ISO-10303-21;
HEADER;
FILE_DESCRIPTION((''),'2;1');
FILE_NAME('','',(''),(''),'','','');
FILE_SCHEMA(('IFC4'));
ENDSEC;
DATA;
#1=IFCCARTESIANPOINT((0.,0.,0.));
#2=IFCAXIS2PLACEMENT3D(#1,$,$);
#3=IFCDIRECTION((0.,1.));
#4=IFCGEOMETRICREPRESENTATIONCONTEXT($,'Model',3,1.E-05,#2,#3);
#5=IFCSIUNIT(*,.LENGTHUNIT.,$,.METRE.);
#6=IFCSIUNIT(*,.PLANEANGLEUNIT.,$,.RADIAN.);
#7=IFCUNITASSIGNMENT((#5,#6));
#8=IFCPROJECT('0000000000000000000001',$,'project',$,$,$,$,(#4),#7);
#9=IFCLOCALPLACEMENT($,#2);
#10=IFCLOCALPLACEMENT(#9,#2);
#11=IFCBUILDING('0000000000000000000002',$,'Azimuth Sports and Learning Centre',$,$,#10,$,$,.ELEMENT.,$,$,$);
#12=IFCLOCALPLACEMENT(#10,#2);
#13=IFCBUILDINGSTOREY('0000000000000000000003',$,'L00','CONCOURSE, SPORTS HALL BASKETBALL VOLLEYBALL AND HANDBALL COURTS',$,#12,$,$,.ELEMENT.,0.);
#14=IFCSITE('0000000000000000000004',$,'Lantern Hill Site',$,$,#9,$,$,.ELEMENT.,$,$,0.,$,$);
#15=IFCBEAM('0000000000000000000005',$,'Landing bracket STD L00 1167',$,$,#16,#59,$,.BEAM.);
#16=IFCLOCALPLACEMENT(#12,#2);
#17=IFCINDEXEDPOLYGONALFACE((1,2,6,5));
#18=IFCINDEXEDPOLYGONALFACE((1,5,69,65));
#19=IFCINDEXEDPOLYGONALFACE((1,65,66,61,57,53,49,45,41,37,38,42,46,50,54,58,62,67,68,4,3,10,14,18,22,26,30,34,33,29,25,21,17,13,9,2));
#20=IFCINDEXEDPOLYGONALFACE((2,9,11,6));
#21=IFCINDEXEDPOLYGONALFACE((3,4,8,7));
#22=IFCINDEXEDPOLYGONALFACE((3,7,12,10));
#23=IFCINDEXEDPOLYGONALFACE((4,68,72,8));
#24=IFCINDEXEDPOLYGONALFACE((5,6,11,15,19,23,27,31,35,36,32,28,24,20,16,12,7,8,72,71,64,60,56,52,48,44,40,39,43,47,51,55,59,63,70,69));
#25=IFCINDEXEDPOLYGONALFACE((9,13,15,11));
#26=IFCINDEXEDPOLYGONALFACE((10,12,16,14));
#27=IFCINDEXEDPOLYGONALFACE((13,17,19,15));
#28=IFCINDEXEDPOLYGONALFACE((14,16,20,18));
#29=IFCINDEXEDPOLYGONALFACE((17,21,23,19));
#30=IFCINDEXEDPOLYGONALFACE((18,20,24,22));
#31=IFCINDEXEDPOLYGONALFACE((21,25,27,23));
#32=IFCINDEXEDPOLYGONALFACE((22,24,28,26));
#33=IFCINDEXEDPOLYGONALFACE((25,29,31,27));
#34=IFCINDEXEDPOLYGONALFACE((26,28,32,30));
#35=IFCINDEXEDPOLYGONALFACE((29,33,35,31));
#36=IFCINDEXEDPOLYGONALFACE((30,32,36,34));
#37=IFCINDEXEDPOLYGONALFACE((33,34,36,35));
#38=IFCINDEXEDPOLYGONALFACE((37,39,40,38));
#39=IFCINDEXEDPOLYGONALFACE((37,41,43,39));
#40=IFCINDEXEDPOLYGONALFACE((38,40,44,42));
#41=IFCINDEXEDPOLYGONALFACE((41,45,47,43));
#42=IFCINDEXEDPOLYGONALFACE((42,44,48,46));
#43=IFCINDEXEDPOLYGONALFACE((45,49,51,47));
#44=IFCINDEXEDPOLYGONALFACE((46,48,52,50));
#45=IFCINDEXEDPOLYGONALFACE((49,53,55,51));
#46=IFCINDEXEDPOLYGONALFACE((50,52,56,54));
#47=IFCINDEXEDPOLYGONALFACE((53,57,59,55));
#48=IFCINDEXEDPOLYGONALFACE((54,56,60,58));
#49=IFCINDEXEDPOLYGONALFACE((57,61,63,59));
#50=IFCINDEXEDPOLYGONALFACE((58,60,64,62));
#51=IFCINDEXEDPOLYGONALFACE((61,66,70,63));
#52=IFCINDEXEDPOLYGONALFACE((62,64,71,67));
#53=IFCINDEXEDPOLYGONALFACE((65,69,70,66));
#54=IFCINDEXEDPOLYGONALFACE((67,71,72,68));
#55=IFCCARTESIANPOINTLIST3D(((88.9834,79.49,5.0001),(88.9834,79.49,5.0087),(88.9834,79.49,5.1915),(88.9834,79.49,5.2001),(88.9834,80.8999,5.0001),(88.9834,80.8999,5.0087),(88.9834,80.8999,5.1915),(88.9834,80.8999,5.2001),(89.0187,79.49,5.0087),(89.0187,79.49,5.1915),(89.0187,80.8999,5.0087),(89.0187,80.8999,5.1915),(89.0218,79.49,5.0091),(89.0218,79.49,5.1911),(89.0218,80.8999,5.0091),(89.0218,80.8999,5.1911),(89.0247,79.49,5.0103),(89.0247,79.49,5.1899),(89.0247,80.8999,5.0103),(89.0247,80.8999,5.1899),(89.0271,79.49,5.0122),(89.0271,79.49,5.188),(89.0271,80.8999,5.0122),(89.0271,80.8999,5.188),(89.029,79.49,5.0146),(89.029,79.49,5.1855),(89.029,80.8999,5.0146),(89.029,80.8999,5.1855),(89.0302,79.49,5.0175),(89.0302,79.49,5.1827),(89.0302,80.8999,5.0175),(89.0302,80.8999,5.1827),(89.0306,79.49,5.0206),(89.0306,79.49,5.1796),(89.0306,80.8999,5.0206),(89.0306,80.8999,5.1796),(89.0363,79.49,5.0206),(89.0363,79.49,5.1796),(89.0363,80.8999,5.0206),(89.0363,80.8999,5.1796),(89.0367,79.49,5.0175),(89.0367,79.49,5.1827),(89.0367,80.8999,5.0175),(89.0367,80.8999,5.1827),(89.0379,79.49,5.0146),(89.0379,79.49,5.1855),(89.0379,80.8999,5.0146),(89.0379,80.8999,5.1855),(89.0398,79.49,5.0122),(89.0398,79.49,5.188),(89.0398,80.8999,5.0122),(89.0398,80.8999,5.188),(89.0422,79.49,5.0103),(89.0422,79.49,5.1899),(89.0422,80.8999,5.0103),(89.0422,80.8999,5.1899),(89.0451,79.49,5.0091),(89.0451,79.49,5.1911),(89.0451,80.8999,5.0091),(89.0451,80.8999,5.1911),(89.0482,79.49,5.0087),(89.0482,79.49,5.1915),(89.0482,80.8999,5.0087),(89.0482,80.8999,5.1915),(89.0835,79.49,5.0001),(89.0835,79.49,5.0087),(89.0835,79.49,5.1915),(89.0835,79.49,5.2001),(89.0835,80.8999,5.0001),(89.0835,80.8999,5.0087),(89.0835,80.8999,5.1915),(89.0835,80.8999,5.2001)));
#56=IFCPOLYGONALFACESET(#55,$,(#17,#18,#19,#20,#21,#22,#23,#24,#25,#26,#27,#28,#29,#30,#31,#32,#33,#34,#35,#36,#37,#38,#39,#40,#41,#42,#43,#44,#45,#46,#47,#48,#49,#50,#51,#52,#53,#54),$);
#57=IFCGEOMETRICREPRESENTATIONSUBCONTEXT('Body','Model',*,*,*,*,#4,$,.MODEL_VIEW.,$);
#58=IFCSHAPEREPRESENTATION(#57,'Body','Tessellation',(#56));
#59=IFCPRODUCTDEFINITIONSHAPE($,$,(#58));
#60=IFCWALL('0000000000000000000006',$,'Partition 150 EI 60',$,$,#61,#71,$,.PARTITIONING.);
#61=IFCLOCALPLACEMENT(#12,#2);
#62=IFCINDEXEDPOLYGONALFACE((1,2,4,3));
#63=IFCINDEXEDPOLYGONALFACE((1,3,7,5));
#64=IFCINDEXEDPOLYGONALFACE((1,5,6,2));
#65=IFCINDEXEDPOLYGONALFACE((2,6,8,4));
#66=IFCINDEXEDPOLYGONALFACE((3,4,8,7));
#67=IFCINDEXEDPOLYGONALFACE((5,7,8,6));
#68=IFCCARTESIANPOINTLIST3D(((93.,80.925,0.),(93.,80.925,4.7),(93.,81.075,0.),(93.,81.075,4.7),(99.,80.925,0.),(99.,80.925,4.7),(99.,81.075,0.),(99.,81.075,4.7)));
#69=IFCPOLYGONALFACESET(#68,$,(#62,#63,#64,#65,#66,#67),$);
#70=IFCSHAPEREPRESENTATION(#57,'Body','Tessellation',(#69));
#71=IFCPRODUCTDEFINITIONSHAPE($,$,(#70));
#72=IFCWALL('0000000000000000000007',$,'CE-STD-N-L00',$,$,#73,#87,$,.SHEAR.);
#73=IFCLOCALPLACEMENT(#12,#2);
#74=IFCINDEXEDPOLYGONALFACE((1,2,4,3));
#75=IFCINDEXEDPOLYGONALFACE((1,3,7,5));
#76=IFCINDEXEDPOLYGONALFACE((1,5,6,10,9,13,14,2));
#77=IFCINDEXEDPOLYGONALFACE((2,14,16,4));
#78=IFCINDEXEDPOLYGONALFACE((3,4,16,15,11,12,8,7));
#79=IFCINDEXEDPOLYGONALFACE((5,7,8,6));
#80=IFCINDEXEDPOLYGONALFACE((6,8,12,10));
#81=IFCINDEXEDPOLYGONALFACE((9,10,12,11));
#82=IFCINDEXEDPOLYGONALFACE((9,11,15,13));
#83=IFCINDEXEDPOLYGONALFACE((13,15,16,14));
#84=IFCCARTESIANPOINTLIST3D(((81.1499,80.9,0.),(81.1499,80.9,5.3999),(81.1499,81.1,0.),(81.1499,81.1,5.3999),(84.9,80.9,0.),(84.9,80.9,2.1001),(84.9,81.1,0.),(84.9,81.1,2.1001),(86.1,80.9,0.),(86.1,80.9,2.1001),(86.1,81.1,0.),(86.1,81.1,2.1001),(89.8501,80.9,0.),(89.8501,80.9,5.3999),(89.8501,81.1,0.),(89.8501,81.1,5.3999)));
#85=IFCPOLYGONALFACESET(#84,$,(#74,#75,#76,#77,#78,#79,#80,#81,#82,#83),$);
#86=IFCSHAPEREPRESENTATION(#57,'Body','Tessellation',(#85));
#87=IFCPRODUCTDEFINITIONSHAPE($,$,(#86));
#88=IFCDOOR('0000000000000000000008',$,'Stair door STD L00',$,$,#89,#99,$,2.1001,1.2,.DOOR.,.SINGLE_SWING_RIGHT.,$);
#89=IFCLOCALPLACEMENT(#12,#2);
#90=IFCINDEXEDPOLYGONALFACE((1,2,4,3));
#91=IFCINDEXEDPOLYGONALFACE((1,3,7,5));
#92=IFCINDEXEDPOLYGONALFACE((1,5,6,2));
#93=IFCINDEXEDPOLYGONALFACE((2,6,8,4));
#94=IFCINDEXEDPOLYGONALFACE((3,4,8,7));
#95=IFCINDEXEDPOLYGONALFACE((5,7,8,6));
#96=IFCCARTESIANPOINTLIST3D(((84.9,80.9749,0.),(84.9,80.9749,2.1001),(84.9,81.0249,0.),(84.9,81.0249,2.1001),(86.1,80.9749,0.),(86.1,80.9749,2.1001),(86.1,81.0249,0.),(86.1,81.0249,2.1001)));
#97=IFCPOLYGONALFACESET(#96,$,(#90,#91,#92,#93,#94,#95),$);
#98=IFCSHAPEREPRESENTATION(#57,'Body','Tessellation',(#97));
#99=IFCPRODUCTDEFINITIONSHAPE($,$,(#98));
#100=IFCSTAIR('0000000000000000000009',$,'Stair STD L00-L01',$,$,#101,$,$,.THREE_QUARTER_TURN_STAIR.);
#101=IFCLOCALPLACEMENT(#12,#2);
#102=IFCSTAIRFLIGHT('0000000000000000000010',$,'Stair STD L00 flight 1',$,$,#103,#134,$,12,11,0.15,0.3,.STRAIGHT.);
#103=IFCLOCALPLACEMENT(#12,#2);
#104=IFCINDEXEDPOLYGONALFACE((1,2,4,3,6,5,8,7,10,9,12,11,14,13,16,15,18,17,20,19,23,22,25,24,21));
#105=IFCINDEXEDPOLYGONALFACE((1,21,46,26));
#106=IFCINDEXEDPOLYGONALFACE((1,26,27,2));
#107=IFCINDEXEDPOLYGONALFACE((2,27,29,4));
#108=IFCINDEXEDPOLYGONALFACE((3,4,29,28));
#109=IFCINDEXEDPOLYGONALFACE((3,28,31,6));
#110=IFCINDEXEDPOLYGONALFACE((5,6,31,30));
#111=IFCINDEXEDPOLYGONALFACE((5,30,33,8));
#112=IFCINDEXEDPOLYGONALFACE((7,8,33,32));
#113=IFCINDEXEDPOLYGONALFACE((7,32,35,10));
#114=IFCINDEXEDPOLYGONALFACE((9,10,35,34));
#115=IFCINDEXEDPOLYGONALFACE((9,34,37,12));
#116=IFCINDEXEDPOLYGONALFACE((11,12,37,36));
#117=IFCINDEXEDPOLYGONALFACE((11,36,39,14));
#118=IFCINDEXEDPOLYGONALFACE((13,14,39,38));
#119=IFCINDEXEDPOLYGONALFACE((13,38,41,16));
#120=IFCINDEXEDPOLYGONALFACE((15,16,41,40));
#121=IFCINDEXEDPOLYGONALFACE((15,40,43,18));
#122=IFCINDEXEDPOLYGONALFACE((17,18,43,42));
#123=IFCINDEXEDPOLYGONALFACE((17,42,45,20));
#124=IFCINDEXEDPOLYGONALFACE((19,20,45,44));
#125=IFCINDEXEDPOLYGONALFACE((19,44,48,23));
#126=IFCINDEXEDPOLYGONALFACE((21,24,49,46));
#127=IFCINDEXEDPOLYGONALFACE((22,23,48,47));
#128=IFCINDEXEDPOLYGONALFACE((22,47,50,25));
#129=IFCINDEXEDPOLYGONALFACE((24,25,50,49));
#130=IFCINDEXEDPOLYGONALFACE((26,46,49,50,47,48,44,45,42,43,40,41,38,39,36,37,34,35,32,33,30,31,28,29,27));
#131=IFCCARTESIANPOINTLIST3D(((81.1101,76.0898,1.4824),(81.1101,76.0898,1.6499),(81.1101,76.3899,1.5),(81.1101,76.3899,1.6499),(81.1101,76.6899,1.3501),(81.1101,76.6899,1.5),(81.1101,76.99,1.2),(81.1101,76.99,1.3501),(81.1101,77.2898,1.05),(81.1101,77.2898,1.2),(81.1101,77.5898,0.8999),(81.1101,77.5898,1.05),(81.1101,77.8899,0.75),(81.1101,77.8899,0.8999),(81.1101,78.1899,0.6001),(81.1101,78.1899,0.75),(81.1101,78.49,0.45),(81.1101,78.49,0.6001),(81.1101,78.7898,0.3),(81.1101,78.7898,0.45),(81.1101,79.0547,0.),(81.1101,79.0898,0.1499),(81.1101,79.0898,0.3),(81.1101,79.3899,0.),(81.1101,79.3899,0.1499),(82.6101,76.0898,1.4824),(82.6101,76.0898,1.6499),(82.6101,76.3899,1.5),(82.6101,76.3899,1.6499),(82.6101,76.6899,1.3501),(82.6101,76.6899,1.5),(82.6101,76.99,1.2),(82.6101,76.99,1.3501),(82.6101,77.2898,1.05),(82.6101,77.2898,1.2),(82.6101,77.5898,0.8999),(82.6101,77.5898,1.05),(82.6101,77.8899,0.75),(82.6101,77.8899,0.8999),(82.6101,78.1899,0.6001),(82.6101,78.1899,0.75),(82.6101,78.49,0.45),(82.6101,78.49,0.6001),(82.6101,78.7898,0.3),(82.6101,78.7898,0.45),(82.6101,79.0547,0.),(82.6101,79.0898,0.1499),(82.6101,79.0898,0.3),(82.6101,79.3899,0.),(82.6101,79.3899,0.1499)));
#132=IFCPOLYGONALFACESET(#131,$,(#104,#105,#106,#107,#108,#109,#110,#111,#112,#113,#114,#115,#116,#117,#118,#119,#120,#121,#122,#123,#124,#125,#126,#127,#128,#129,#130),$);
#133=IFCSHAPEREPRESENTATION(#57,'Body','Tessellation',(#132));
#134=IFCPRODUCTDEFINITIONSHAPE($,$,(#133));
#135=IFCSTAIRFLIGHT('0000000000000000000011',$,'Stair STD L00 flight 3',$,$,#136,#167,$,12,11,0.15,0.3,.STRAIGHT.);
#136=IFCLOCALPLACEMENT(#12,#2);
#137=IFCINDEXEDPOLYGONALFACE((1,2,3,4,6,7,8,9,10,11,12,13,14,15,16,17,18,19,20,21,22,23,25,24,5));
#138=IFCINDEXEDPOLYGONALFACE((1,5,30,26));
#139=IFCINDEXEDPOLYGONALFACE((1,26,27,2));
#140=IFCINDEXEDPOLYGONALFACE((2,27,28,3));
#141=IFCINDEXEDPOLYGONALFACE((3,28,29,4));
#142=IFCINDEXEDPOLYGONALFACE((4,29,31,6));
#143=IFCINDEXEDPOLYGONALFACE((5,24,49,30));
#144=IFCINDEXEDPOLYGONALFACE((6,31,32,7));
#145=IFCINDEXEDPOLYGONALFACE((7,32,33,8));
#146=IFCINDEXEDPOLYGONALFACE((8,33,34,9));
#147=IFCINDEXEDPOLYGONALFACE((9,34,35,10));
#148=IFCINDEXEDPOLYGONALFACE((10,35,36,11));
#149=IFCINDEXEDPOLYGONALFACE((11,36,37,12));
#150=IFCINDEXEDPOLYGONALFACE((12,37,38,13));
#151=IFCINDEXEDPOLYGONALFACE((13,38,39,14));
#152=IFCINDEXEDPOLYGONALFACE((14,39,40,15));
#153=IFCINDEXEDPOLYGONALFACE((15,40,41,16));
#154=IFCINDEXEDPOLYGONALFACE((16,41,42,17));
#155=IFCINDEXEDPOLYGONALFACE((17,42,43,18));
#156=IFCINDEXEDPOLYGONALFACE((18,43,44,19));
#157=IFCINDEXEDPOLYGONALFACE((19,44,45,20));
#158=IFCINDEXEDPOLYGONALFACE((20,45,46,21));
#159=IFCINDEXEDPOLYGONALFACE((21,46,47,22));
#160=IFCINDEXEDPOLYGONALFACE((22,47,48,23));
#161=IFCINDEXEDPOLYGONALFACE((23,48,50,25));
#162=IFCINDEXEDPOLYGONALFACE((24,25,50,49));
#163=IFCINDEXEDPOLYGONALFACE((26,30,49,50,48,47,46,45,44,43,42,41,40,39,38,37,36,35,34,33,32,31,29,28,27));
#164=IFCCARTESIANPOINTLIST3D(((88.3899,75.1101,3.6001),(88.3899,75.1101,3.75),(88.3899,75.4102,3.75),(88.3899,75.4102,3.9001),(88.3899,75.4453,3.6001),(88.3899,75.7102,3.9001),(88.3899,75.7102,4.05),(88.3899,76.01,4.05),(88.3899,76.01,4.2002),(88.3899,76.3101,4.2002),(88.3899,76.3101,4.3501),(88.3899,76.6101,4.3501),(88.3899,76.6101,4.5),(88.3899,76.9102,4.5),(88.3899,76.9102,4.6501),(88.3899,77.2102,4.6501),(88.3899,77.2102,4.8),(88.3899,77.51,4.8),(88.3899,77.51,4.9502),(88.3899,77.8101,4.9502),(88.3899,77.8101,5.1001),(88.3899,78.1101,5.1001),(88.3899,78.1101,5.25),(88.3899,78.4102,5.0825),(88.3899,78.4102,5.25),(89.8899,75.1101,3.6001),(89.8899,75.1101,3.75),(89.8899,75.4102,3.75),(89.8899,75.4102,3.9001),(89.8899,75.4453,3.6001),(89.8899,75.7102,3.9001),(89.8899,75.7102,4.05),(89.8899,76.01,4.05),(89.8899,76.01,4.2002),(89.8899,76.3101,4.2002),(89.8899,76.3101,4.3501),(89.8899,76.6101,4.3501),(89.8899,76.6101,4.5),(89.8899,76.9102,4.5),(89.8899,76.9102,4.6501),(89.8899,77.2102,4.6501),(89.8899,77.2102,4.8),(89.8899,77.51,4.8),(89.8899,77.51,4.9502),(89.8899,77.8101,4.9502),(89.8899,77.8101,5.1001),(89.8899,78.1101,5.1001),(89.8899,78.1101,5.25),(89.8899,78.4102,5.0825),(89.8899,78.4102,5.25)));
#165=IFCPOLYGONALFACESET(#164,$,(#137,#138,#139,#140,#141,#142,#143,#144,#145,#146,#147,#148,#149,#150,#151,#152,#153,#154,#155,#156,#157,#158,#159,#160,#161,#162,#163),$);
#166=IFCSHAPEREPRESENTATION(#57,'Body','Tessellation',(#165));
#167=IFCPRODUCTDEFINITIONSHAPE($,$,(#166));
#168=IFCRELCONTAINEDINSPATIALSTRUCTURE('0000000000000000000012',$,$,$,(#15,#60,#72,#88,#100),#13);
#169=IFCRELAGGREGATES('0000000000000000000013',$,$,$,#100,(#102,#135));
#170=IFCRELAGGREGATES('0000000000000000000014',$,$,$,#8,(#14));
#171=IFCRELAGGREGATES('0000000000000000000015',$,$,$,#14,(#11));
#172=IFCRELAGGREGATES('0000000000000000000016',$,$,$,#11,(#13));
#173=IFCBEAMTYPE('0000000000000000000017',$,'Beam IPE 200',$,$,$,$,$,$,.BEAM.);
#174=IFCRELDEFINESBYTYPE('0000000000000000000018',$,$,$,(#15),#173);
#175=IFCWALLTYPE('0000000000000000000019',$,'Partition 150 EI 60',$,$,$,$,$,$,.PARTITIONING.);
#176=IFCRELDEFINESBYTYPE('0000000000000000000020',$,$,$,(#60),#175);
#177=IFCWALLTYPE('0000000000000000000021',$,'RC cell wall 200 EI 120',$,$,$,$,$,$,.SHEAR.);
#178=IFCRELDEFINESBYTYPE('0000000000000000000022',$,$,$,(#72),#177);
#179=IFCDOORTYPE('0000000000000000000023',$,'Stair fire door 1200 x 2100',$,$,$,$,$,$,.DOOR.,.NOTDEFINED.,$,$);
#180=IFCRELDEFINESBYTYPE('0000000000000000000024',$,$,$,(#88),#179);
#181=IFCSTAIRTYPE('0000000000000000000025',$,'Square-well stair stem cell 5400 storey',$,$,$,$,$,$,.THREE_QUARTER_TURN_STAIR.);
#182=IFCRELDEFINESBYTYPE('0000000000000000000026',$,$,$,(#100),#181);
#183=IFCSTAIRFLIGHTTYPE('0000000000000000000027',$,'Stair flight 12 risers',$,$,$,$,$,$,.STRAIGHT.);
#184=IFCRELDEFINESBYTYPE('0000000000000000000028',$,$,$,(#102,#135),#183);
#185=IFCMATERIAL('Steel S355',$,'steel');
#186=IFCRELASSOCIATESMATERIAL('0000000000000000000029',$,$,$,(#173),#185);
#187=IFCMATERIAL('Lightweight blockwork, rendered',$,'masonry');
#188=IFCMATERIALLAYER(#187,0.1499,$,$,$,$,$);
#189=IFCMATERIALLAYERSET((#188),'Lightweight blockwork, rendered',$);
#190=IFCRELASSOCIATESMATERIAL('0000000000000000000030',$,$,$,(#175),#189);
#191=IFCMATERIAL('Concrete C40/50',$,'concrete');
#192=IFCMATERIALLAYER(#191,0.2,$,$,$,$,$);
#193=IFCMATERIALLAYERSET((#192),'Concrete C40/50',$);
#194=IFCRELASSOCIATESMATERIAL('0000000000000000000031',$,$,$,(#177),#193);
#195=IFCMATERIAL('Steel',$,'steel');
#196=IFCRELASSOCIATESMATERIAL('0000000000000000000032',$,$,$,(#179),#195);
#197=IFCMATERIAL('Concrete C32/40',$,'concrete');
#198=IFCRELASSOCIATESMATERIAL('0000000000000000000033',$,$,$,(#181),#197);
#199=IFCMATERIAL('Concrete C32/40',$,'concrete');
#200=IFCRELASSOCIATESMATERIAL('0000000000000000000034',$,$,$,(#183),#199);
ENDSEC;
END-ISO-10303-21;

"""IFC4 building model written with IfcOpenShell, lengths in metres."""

from ifc_helpers import new_model, si_unit, direction, frame, frame_2d, origin, origin_2d, place, context, subcontext, project, spatial, polyline, rectangle, i_section, outline, extrude, material, layer, layer_set, material_profile, profile_set, type_object, element, fill, aggregate, save


model = new_model("IFC4")

# Units and contexts
model_context = context("Model", 3, precision=1e-05, world=origin(), true_north=direction((0.0, 1.0)))
body_context = subcontext(model_context, "Body", "Model", "MODEL_VIEW")
ifc_project = project(units=[si_unit("LENGTHUNIT", "METRE"), si_unit("PLANEANGLEUNIT", "RADIAN")], contexts=[model_context])

# Site, building, storey
site_placement = place(None, origin())
site = spatial("IfcSite", under=ifc_project, at=site_placement, Name="Lantern Hill Site", CompositionType="ELEMENT", RefElevation=0.0)
building_placement = place(site_placement, origin())
building = spatial("IfcBuilding", under=site, at=building_placement, Name="Azimuth Sports and Learning Centre", CompositionType="ELEMENT")
storey_placement = place(building_placement, origin())
storey = spatial("IfcBuildingStorey", under=building, at=storey_placement, Name="L00", Description="CONCOURSE, SPORTS HALL BASKETBALL VOLLEYBALL AND HANDBALL COURTS", CompositionType="ELEMENT", Elevation=0.0)

# Beam
ifc_material_1 = material(Name="Steel S355", Category="steel")
ifc_material_profile_1 = material_profile(ifc_material_1, i_section(OverallWidth=0.1001, OverallDepth=0.2, WebThickness=0.0056, FlangeThickness=0.0085, FilletRadius=0.012, at=origin_2d()), Name="IPE 200")
ifc_profile_set_1 = profile_set([ifc_material_profile_1], Name="Steel S355")
beam_type = type_object("IfcBeamType", Name="Beam IPE 200", PredefinedType="BEAM", material=ifc_profile_set_1)
for number, where, z_axis, x_axis, name in (
    (1, (89.0334, 80.8999, 5.1001), (0.0, -1.0, 0.0), (1.0, 0.0, 0.0), "Landing bracket STD L00 1167"),
):
    element("IfcBeam", number, at=place(storey_placement, frame(where, z_axis=z_axis, x_axis=x_axis)), inside=storey, type_object=beam_type, Name=name, PredefinedType="BEAM", context=body_context, shape_type="SweptSolid", body=[
        extrude(i_section(OverallWidth=0.1001, OverallDepth=0.2, WebThickness=0.0056, FlangeThickness=0.0085, FilletRadius=0.012, at=origin_2d()), origin(), (0.0, 0.0, 1.0), 1.4099),
    ])

# Wall
ifc_material_2 = material(Name="Lightweight blockwork, rendered", Category="masonry")
ifc_layer_1 = layer(ifc_material_2, 0.1499)
ifc_layer_set_1 = layer_set([ifc_layer_1], Name="Lightweight blockwork, rendered")
wall_type_1 = type_object("IfcWallType", Name="Partition 150 EI 60", PredefinedType="PARTITIONING", material=ifc_layer_set_1)
wall_1_placement = place(storey_placement, frame((93.0, 81.0, 0.0), z_axis=(0.0, 0.0, 1.0), x_axis=(1.0, 0.0, 0.0)))
element("IfcWall", 2, at=wall_1_placement, inside=storey, type_object=wall_type_1, Name="Partition 150 EI 60", PredefinedType="PARTITIONING", context=body_context, shape_type="SweptSolid", body=[
    extrude(rectangle(XDim=6.0, YDim=0.1499, at=frame_2d((3.0, 0.0))), origin(), (0.0, 0.0, 1.0), 4.7),
])

# Wall, opening, door
ifc_material_3 = material(Name="Concrete C40/50", Category="concrete")
ifc_layer_2 = layer(ifc_material_3, 0.2)
ifc_layer_set_2 = layer_set([ifc_layer_2], Name="Concrete C40/50")
wall_type_2 = type_object("IfcWallType", Name="RC cell wall 200 EI 120", PredefinedType="SHEAR", material=ifc_layer_set_2)
wall_2_placement = place(storey_placement, frame((81.1499, 81.0, 0.0), z_axis=(0.0, 0.0, 1.0), x_axis=(1.0, 0.0, 0.0)))
wall_2 = element("IfcWall", 3, at=wall_2_placement, inside=storey, type_object=wall_type_2, Name="CE-STD-N-L00", PredefinedType="SHEAR", context=body_context, shape_type="SweptSolid", body=[
    extrude(rectangle(XDim=8.7002, YDim=0.2, at=frame_2d((4.3501, 0.0))), origin(), (0.0, 0.0, 1.0), 5.3999),
])
opening_placement = place(wall_2_placement, frame((3.75, 0.0, 0.0)))
opening = element("IfcOpeningElement", 4, at=opening_placement, cuts=wall_2, PredefinedType="OPENING", context=body_context, shape_type="SweptSolid", body=[
    extrude(rectangle(XDim=1.2, YDim=2.1001, at=frame_2d((0.6001, 1.05))), frame((0.0, 0.1108, 0.0), z_axis=(0.0, -1.0, 0.0), x_axis=(1.0, 0.0, 0.0)), (0.0, 0.0, 1.0), 0.2219),
])
ifc_material_4 = material(Name="Steel", Category="steel")
door_type = type_object("IfcDoorType", Name="Stair fire door 1200 x 2100", OperationType="NOTDEFINED", PredefinedType="DOOR", material=ifc_material_4)
door_placement = place(opening_placement, origin())
door = element("IfcDoor", 5, at=door_placement, inside=storey, type_object=door_type, Name="Stair door STD L00", OperationType="SINGLE_SWING_RIGHT", OverallHeight=2.1001, OverallWidth=1.2, PredefinedType="DOOR", context=body_context, shape_type="SweptSolid", body=[
    extrude(rectangle(XDim=1.2, YDim=2.1001, at=frame_2d((0.6001, 1.05))), frame((0.0, 0.0249, 0.0), z_axis=(0.0, -1.0, 0.0), x_axis=(1.0, 0.0, 0.0)), (0.0, 0.0, 1.0), 0.05),
])
fill(opening, door)

# Stair, stair flights
ifc_material_5 = material(Name="Concrete C32/40", Category="concrete")
stair_type = type_object("IfcStairType", Name="Square-well stair stem cell 5400 storey", PredefinedType="THREE_QUARTER_TURN_STAIR", material=ifc_material_5)
stair_placement = place(storey_placement, origin())
stair = element("IfcStair", 6, at=stair_placement, inside=storey, type_object=stair_type, Name="Stair STD L00-L01", PredefinedType="THREE_QUARTER_TURN_STAIR")
ifc_material_6 = material(Name="Concrete C32/40", Category="concrete")
stair_flight_type = type_object("IfcStairFlightType", Name="Stair flight 12 risers", PredefinedType="STRAIGHT", material=ifc_material_6)
stair_flight_1_placement = place(storey_placement, frame((81.8601, 79.3899, 0.0), z_axis=(0.0, 0.0, 1.0), x_axis=(0.0, -1.0, 0.0)))
stair_flight_1 = element("IfcStairFlight", 7, at=stair_flight_1_placement, type_object=stair_flight_type, Name="Stair STD L00 flight 1", NumberOfRisers=12, NumberOfTreads=11, PredefinedType="STRAIGHT", RiserHeight=0.15, TreadLength=0.3, context=body_context, shape_type="SweptSolid", body=[
    extrude(outline(polyline([(0.0, 0.0), (0.0, 0.1499), (0.3, 0.1499), (0.3, 0.3), (0.6001, 0.3), (0.6001, 0.45), (0.8999, 0.45), (0.8999, 0.6001), (1.2, 0.6001), (1.2, 0.75), (1.5, 0.75), (1.5, 0.8999), (1.8, 0.8999), (1.8, 1.05), (2.1001, 1.05), (2.1001, 1.2), (2.3999, 1.2), (2.3999, 1.3501), (2.7, 1.3501), (2.7, 1.5), (3.0, 1.5), (3.0, 1.6499), (3.3, 1.6499), (3.3, 1.8), (3.3, 1.4824), (0.3352, 0.0), (0.0, 0.0)])), frame((0.0, 0.75, 0.0), z_axis=(0.0, -1.0, 0.0), x_axis=(1.0, 0.0, 0.0)), (0.0, 0.0, 1.0), 1.5),
])
stair_flight_2_placement = place(storey_placement, frame((89.1399, 75.1101, 3.6001), z_axis=(0.0, 0.0, 1.0), x_axis=(0.0, 1.0, 0.0)))
stair_flight_2 = element("IfcStairFlight", 8, at=stair_flight_2_placement, type_object=stair_flight_type, Name="Stair STD L00 flight 3", NumberOfRisers=12, NumberOfTreads=11, PredefinedType="STRAIGHT", RiserHeight=0.15, TreadLength=0.3, context=body_context, shape_type="SweptSolid", body=[
    extrude(outline(polyline([(0.0, 0.0), (0.0, 0.1499), (0.3, 0.1499), (0.3, 0.3), (0.6001, 0.3), (0.6001, 0.45), (0.8999, 0.45), (0.8999, 0.6001), (1.2, 0.6001), (1.2, 0.75), (1.5, 0.75), (1.5, 0.8999), (1.8, 0.8999), (1.8, 1.05), (2.1001, 1.05), (2.1001, 1.2), (2.3999, 1.2), (2.3999, 1.3501), (2.7, 1.3501), (2.7, 1.5), (3.0, 1.5), (3.0, 1.6499), (3.3, 1.6499), (3.3, 1.8), (3.3, 1.4824), (0.3352, 0.0), (0.0, 0.0)])), frame((0.0, 0.75, 0.0), z_axis=(0.0, -1.0, 0.0), x_axis=(1.0, 0.0, 0.0)), (0.0, 0.0, 1.0), 1.5),
])
aggregate(stair, [stair_flight_1, stair_flight_2])

save(model, "model.ifc")
